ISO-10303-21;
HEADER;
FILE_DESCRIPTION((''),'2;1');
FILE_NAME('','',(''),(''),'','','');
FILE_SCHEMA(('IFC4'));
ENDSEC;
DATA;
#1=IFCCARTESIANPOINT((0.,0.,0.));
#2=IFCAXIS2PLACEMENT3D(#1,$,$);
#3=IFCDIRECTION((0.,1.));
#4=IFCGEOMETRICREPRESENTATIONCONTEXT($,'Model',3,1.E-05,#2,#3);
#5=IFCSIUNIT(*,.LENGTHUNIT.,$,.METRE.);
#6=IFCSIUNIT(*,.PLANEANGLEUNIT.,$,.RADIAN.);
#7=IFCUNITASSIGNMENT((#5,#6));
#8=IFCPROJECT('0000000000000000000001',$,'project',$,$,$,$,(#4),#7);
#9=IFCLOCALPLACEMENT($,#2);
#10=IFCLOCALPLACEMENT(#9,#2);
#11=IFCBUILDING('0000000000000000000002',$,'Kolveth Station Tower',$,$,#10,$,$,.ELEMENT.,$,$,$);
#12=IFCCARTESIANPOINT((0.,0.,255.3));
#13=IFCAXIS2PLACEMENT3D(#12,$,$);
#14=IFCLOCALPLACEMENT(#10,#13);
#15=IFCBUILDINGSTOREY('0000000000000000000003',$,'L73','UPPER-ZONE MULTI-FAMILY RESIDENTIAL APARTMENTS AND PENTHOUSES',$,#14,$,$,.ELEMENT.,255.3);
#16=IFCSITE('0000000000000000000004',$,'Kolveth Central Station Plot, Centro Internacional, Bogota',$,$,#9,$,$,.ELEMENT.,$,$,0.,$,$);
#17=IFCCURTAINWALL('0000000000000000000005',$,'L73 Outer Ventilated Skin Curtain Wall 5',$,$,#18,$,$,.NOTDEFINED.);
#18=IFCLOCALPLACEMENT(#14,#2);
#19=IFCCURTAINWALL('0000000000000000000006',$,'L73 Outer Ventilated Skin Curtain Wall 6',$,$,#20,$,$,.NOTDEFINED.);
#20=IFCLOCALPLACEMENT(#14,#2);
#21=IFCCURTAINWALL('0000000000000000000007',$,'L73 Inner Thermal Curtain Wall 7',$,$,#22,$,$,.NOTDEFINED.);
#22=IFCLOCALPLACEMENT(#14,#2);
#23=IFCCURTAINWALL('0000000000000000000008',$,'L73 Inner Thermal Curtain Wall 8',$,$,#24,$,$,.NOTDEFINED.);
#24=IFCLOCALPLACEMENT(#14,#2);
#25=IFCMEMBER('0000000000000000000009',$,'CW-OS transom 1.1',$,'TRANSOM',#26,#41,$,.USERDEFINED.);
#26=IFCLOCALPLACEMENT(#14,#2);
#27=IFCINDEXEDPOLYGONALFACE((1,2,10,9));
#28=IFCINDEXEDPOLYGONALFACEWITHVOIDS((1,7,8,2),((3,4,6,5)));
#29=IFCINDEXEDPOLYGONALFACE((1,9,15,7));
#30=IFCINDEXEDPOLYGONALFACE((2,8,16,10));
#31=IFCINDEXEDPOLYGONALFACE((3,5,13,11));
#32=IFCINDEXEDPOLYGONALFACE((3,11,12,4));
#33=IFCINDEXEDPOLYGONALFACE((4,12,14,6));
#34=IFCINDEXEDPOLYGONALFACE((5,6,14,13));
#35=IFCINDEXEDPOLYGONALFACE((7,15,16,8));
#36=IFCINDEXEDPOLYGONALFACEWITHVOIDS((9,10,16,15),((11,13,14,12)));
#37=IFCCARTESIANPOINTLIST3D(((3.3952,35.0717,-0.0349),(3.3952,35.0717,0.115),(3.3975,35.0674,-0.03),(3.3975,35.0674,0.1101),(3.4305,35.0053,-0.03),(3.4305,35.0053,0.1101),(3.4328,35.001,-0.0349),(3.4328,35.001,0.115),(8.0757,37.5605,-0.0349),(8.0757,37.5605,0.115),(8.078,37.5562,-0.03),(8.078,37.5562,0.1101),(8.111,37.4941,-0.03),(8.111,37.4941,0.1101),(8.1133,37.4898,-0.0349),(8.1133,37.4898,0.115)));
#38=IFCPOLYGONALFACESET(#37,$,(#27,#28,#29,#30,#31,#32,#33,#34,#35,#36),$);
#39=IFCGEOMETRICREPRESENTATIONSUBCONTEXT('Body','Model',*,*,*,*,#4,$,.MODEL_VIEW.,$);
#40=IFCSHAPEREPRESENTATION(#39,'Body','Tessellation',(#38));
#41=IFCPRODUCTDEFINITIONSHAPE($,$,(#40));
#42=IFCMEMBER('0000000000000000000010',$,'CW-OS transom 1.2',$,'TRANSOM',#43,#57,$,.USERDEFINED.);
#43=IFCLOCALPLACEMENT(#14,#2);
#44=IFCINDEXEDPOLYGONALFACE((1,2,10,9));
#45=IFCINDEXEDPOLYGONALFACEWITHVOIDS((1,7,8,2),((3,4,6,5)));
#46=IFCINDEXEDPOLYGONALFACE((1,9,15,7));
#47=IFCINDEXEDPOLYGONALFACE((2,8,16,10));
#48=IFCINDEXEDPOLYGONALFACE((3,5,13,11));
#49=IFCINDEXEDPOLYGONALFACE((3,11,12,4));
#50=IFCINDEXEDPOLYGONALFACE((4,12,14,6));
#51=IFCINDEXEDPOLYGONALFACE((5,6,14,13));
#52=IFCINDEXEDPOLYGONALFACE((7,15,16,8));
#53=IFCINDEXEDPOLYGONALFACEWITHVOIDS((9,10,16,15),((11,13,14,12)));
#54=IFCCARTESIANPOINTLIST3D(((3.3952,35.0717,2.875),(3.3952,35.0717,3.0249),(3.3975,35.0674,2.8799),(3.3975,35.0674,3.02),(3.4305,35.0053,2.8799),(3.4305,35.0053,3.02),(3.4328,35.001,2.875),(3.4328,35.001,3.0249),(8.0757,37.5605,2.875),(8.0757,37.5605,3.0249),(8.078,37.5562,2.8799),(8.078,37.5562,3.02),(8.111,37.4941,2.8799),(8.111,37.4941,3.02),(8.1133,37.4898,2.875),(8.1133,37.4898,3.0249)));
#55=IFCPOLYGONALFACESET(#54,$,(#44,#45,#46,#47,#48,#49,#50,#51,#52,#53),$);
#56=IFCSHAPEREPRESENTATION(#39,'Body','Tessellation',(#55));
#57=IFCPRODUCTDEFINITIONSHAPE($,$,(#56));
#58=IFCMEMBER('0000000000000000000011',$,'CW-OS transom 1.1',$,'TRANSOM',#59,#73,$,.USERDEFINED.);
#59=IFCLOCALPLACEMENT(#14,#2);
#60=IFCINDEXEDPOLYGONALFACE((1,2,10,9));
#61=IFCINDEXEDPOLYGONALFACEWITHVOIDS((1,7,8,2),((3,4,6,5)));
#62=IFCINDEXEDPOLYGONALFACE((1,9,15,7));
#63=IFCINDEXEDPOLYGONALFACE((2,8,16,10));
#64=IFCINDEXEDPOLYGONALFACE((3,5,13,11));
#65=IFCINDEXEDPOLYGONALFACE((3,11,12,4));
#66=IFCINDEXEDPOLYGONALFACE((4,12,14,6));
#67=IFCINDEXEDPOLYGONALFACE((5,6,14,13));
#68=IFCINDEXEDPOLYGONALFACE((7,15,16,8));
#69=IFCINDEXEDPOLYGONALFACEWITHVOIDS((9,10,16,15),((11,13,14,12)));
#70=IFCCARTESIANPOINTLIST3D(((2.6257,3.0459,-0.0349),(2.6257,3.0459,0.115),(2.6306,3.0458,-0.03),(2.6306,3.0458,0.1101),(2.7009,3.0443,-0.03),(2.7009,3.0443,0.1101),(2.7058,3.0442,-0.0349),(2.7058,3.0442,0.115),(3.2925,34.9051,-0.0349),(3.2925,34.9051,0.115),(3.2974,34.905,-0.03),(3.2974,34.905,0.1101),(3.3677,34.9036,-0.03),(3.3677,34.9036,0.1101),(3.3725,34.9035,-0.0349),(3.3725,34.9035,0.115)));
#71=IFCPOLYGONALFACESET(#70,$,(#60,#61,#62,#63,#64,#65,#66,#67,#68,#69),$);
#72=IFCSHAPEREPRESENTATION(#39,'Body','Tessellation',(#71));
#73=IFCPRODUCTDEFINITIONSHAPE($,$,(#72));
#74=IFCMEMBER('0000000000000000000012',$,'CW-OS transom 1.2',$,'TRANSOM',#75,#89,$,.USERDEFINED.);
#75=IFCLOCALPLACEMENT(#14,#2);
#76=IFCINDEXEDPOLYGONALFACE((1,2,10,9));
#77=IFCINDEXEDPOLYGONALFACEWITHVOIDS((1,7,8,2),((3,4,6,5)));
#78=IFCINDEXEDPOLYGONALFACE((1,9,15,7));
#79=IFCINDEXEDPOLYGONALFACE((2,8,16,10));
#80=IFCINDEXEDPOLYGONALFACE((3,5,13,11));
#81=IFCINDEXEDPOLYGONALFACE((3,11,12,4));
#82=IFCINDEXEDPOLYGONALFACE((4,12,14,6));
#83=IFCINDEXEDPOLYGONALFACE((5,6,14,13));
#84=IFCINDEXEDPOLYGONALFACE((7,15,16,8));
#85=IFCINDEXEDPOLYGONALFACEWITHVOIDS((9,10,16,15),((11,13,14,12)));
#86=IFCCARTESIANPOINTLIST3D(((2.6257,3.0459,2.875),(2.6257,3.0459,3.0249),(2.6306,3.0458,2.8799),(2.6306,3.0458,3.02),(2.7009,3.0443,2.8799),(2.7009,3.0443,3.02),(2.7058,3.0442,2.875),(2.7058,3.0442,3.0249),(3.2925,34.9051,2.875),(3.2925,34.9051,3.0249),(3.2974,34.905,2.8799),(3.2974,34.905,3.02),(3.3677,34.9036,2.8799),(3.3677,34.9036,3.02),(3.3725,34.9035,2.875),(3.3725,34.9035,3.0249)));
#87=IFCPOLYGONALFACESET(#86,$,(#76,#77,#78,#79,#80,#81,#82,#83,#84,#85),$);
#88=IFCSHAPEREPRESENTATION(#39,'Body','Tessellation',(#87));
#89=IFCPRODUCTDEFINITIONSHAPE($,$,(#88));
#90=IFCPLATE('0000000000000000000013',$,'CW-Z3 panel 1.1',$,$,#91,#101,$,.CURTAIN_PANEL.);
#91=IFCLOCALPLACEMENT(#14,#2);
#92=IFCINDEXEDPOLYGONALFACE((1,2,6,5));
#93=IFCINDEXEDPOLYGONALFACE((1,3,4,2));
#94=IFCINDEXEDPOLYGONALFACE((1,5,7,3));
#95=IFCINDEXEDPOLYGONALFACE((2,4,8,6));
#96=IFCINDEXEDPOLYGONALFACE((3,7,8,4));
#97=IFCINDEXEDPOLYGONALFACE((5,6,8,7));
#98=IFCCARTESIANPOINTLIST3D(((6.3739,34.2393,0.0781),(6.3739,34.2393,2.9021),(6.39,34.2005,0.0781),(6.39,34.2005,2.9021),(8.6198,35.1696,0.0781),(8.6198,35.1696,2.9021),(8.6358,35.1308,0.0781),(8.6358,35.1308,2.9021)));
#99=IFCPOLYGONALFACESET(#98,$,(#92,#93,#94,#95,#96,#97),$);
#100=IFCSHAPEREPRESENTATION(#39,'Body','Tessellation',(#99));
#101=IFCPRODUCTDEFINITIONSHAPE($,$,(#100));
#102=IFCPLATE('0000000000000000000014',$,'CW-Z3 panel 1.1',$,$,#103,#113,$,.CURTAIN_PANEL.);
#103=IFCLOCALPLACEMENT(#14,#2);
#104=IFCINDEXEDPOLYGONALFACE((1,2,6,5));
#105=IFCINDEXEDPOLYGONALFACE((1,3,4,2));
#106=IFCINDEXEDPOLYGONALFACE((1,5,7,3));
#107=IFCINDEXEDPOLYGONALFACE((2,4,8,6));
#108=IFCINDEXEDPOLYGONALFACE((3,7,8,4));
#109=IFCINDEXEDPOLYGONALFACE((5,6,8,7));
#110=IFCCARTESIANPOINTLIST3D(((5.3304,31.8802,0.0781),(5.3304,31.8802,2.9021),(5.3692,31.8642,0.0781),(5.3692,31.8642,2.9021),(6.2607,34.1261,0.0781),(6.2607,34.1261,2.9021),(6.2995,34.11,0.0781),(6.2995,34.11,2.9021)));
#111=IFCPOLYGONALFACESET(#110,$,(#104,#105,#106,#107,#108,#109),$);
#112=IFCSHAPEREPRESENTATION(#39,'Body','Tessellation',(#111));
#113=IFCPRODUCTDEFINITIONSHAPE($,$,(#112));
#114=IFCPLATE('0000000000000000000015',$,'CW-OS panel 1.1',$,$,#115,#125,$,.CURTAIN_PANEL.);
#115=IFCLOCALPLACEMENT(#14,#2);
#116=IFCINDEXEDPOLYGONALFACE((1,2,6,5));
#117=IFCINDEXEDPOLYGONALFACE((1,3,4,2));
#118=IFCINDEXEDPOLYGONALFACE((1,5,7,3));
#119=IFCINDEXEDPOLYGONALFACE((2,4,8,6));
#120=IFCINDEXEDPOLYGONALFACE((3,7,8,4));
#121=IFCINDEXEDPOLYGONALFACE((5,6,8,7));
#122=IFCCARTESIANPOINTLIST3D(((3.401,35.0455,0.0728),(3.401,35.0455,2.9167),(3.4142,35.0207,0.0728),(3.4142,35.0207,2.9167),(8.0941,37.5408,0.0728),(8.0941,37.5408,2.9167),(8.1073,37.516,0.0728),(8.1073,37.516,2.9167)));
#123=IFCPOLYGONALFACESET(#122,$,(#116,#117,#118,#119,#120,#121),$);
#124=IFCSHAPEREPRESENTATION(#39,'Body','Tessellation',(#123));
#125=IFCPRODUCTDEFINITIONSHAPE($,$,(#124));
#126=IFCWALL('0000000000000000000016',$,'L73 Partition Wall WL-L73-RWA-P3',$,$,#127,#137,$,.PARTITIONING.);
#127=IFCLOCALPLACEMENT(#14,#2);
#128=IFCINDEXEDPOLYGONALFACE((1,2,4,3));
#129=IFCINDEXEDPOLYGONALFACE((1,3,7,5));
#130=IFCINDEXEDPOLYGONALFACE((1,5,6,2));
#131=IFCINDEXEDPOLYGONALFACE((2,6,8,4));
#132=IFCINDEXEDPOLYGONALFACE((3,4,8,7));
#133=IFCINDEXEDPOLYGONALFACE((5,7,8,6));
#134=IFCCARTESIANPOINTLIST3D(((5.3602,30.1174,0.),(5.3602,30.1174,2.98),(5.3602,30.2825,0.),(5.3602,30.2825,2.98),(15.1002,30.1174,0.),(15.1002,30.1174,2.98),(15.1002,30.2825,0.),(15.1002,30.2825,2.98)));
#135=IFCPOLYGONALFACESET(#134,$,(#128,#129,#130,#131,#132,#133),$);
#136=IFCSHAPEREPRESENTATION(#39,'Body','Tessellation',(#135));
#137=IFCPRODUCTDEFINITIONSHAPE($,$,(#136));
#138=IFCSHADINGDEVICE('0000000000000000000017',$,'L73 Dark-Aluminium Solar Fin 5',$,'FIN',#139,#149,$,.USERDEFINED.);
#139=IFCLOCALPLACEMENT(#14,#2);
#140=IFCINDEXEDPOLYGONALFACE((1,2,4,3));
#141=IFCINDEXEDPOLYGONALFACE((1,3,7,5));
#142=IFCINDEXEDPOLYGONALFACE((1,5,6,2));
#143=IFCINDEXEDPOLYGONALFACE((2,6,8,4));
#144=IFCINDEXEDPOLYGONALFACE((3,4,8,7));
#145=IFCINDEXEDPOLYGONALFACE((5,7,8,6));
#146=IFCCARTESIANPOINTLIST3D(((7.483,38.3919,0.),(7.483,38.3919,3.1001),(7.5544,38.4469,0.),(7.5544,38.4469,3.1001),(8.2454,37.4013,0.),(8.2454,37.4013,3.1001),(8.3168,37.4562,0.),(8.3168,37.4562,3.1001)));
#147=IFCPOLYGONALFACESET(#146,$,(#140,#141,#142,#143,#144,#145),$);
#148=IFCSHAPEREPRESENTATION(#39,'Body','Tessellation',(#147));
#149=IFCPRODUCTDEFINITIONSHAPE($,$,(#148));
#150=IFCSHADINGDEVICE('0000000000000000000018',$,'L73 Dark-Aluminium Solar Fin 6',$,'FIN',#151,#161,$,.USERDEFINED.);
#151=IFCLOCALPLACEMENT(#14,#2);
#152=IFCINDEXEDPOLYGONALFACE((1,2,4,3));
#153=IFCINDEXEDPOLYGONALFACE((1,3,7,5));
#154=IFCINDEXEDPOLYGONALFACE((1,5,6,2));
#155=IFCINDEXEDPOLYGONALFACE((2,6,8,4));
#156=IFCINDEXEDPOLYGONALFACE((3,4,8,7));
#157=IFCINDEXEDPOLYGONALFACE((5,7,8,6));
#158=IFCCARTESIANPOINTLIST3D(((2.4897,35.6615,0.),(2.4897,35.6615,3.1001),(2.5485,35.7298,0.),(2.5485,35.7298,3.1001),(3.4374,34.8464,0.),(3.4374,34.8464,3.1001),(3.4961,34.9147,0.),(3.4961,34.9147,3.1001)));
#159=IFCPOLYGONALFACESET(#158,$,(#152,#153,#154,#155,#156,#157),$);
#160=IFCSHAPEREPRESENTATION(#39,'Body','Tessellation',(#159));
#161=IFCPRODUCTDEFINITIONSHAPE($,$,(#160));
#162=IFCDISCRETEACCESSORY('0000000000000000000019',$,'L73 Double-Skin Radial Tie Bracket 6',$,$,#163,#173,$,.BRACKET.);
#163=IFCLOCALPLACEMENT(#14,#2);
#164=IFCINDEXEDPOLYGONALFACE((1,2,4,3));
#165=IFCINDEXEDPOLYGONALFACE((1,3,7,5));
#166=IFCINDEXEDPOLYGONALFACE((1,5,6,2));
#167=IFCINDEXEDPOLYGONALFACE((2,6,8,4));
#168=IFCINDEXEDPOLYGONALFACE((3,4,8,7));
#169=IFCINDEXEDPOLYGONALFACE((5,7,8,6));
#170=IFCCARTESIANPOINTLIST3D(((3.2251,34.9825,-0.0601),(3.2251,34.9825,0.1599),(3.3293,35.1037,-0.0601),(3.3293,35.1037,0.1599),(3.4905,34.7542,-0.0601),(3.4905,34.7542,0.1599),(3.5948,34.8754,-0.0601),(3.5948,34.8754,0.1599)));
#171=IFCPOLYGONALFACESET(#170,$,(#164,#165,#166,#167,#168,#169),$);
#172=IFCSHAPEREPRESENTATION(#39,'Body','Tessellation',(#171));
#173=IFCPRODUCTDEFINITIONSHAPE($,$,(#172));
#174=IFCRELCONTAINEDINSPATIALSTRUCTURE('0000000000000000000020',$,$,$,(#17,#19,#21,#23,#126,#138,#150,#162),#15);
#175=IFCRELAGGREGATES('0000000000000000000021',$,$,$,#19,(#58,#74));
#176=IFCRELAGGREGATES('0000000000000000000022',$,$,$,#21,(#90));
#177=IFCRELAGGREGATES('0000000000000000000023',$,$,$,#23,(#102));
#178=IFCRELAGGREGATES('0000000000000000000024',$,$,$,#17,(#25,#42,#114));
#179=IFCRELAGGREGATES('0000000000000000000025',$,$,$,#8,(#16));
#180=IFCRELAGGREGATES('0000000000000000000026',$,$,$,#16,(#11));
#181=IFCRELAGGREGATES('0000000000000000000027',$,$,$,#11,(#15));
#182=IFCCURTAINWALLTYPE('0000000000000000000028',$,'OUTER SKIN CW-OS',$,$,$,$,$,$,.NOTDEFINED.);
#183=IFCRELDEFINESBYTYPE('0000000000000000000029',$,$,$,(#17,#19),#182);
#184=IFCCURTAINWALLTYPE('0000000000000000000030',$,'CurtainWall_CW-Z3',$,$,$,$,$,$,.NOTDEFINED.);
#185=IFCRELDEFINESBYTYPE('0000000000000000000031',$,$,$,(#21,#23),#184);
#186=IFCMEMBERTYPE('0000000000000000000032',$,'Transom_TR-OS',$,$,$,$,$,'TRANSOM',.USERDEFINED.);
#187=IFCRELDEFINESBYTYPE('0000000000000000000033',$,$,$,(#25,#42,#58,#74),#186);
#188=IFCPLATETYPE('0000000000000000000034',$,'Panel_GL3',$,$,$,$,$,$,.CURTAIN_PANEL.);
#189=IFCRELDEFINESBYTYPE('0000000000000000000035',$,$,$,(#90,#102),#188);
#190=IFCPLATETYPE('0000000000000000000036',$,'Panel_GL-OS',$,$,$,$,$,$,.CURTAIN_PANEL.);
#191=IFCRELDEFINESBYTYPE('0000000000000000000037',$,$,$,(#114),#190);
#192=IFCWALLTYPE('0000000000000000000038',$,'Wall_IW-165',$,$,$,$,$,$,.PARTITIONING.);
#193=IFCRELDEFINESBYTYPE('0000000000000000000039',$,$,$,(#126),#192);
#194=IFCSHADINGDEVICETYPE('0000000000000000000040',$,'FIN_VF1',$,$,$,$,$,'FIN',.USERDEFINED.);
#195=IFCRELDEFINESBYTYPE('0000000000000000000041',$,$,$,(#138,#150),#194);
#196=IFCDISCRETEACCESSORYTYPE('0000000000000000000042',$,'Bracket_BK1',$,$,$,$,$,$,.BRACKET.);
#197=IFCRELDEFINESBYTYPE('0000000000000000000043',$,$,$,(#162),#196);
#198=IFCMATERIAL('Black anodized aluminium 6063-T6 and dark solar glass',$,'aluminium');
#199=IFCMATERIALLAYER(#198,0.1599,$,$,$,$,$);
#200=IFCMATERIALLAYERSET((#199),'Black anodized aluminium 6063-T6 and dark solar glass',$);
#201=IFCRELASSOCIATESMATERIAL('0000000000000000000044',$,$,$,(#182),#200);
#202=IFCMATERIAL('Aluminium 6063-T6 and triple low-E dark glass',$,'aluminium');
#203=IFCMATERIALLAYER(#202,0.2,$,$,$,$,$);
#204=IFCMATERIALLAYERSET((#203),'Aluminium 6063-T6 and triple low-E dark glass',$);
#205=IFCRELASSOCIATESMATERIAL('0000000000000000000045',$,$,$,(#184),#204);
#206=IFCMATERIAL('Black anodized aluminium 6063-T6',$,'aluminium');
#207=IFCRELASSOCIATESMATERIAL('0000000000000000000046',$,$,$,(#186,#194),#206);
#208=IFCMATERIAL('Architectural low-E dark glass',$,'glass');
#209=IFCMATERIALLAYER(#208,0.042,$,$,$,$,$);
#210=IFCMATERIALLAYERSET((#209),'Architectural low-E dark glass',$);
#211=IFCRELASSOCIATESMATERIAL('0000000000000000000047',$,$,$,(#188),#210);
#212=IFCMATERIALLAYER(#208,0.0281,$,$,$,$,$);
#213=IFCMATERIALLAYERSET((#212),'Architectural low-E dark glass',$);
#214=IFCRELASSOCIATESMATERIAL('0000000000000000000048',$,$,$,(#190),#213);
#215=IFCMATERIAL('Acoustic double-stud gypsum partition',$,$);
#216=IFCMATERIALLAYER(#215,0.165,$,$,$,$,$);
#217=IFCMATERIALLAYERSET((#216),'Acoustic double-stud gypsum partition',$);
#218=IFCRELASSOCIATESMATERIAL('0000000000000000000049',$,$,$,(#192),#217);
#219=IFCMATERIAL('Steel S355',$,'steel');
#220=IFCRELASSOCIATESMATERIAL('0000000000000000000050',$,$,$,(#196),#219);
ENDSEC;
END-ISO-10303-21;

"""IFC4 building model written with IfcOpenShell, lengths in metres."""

from ifc_helpers import new_model, si_unit, direction, frame, frame_2d, origin, origin_2d, place, context, subcontext, project, spatial, rectangle, hollow_rectangle, extrude, source, transform, mapped, material, layer, layer_set, material_profile, profile_set, type_object, element, aggregate, save


model = new_model("IFC4")

# Units and contexts
model_context = context("Model", 3, precision=1e-05, world=origin(), true_north=direction((0.0, 1.0)))
body_context = subcontext(model_context, "Body", "Model", "MODEL_VIEW")
ifc_project = project(units=[si_unit("LENGTHUNIT", "METRE"), si_unit("PLANEANGLEUNIT", "RADIAN")], contexts=[model_context])

# Site, building, storey
site_placement = place(None, origin())
site = spatial("IfcSite", under=ifc_project, at=site_placement, Name="Kolveth Central Station Plot, Centro Internacional, Bogota", CompositionType="ELEMENT", RefElevation=0.0)
building_placement = place(site_placement, origin())
building = spatial("IfcBuilding", under=site, at=building_placement, Name="Kolveth Station Tower", CompositionType="ELEMENT")
storey_placement = place(building_placement, frame((0.0, 0.0, 255.3)))
storey = spatial("IfcBuildingStorey", under=building, at=storey_placement, Name="L73", Description="UPPER-ZONE MULTI-FAMILY RESIDENTIAL APARTMENTS AND PENTHOUSES", CompositionType="ELEMENT", Elevation=255.3)

# Curtain walls
ifc_material_1 = material(Name="Black anodized aluminium 6063-T6 and dark solar glass", Category="aluminium")
ifc_layer_1 = layer(ifc_material_1, 0.1599)
ifc_layer_set_1 = layer_set([ifc_layer_1], Name="Black anodized aluminium 6063-T6 and dark solar glass")
curtain_wall_type_1 = type_object("IfcCurtainWallType", Name="OUTER SKIN CW-OS", PredefinedType="NOTDEFINED", material=ifc_layer_set_1)
curtain_wall_1_placement = place(storey_placement, origin())
curtain_wall_1 = element("IfcCurtainWall", 1, at=curtain_wall_1_placement, inside=storey, type_object=curtain_wall_type_1, Name="L73 Outer Ventilated Skin Curtain Wall 5", PredefinedType="NOTDEFINED")
ifc_material_2 = material(Name="Black anodized aluminium 6063-T6", Category="aluminium")
curtain_wall_2_placement = place(storey_placement, origin())
curtain_wall_2 = element("IfcCurtainWall", 2, at=curtain_wall_2_placement, inside=storey, type_object=curtain_wall_type_1, Name="L73 Outer Ventilated Skin Curtain Wall 6", PredefinedType="NOTDEFINED")
ifc_material_3 = material(Name="Aluminium 6063-T6 and triple low-E dark glass", Category="aluminium")
ifc_layer_2 = layer(ifc_material_3, 0.2)
ifc_layer_set_2 = layer_set([ifc_layer_2], Name="Aluminium 6063-T6 and triple low-E dark glass")
curtain_wall_type_2 = type_object("IfcCurtainWallType", Name="CurtainWall_CW-Z3", PredefinedType="NOTDEFINED", material=ifc_layer_set_2)
curtain_wall_3_placement = place(storey_placement, origin())
curtain_wall_3 = element("IfcCurtainWall", 3, at=curtain_wall_3_placement, inside=storey, type_object=curtain_wall_type_2, Name="L73 Inner Thermal Curtain Wall 7", PredefinedType="NOTDEFINED")

# Curtain wall
curtain_wall_4_placement = place(storey_placement, origin())
curtain_wall_4 = element("IfcCurtainWall", 4, at=curtain_wall_4_placement, inside=storey, type_object=curtain_wall_type_2, Name="L73 Inner Thermal Curtain Wall 8", PredefinedType="NOTDEFINED")

# Members
ifc_material_profile_1 = material_profile(ifc_material_2, hollow_rectangle(XDim=0.0801, YDim=0.1499, WallThickness=0.0049, at=origin_2d()), Name="ALU-80x150x5")
ifc_profile_set_1 = profile_set([ifc_material_profile_1], Name="Black anodized aluminium 6063-T6")
member_type_1 = type_object("IfcMemberType", Name="Transom_TR-OS", ElementType="TRANSOM", PredefinedType="USERDEFINED", material=ifc_profile_set_1)
shared_shape_1 = source(origin(), body_context, "Body", "SweptSolid", [
    extrude(hollow_rectangle(XDim=0.0801, YDim=0.1499, WallThickness=0.0049, at=origin_2d()), origin(), (0.0, 0.0, 1.0), 5.301),
])
member_1_placement = place(storey_placement, frame((8.0945, 37.5251, 0.04), z_axis=(-0.882936, -0.469493, 0.0), x_axis=(0.469493, -0.882936, 0.0)))
member_1 = element("IfcMember", 5, at=member_1_placement, type_object=member_type_1, Name="CW-OS transom 1.1", ObjectType="TRANSOM", PredefinedType="USERDEFINED", context=body_context, shape_type="MappedRepresentation", body=[
    mapped(shared_shape_1, transform((0.0, 0.0, 0.0), x_axis=(1.0, 0.0, 0.0), y_axis=(0.0, 1.0, 0.0), z_axis=(0.0, 0.0, 1.0), scale=1.0)),
])
member_2_placement = place(storey_placement, frame((8.0945, 37.5251, 2.95), z_axis=(-0.882936, -0.469493, 0.0), x_axis=(0.469493, -0.882936, 0.0)))
member_2 = element("IfcMember", 6, at=member_2_placement, type_object=member_type_1, Name="CW-OS transom 1.2", ObjectType="TRANSOM", PredefinedType="USERDEFINED", context=body_context, shape_type="MappedRepresentation", body=[
    mapped(shared_shape_1, transform((0.0, 0.0, 0.0), x_axis=(1.0, 0.0, 0.0), y_axis=(0.0, 1.0, 0.0), z_axis=(0.0, 0.0, 1.0), scale=1.0)),
])
shared_shape_2 = source(origin(), body_context, "Body", "SweptSolid", [
    extrude(hollow_rectangle(XDim=0.0801, YDim=0.1499, WallThickness=0.0049, at=origin_2d()), origin(), (0.0, 0.0, 1.0), 31.8662),
])
member_3_placement = place(storey_placement, frame((3.3325, 34.9043, 0.04), z_axis=(-0.020923, -0.999781, 0.0), x_axis=(0.999781, -0.020923, 0.0)))
member_3 = element("IfcMember", 7, at=member_3_placement, type_object=member_type_1, Name="CW-OS transom 1.1", ObjectType="TRANSOM", PredefinedType="USERDEFINED", context=body_context, shape_type="MappedRepresentation", body=[
    mapped(shared_shape_2, transform((0.0, 0.0, 0.0), x_axis=(1.0, 0.0, 0.0), y_axis=(0.0, 1.0, 0.0), z_axis=(0.0, 0.0, 1.0), scale=1.0)),
])
member_4_placement = place(storey_placement, frame((3.3325, 34.9043, 2.95), z_axis=(-0.020923, -0.999781, 0.0), x_axis=(0.999781, -0.020923, 0.0)))
member_4 = element("IfcMember", 8, at=member_4_placement, type_object=member_type_1, Name="CW-OS transom 1.2", ObjectType="TRANSOM", PredefinedType="USERDEFINED", context=body_context, shape_type="MappedRepresentation", body=[
    mapped(shared_shape_2, transform((0.0, 0.0, 0.0), x_axis=(1.0, 0.0, 0.0), y_axis=(0.0, 1.0, 0.0), z_axis=(0.0, 0.0, 1.0), scale=1.0)),
])
aggregate(curtain_wall_2, [member_3, member_4])

# Plates
ifc_material_4 = material(Name="Architectural low-E dark glass", Category="glass")
ifc_layer_3 = layer(ifc_material_4, 0.042)
ifc_layer_set_3 = layer_set([ifc_layer_3], Name="Architectural low-E dark glass")
plate_type_1 = type_object("IfcPlateType", Name="Panel_GL3", PredefinedType="CURTAIN_PANEL", material=ifc_layer_set_3)
shared_shape_3 = source(origin(), body_context, "Body", "SweptSolid", [
    extrude(rectangle(XDim=2.4309, YDim=0.042, at=origin_2d()), origin(), (0.0, 0.0, 1.0), 2.824),
])
plate_1_placement = place(storey_placement, frame((7.5049, 34.6851, 0.0781), z_axis=(0.0, 0.0, 1.0), x_axis=(-0.923875, -0.382693, 0.0)))
plate_1 = element("IfcPlate", 9, at=plate_1_placement, type_object=plate_type_1, Name="CW-Z3 panel 1.1", PredefinedType="CURTAIN_PANEL", context=body_context, shape_type="MappedRepresentation", body=[
    mapped(shared_shape_3, transform((0.0, 0.0, 0.0), x_axis=(1.0, 0.0, 0.0), y_axis=(0.0, 1.0, 0.0), z_axis=(0.0, 0.0, 1.0), scale=1.0)),
])
aggregate(curtain_wall_3, [plate_1])
plate_2_placement = place(storey_placement, frame((5.8149, 32.9951, 0.0781), z_axis=(0.0, 0.0, 1.0), x_axis=(-0.382693, -0.923875, 0.0)))
plate_2 = element("IfcPlate", 10, at=plate_2_placement, type_object=plate_type_1, Name="CW-Z3 panel 1.1", PredefinedType="CURTAIN_PANEL", context=body_context, shape_type="MappedRepresentation", body=[
    mapped(shared_shape_3, transform((0.0, 0.0, 0.0), x_axis=(1.0, 0.0, 0.0), y_axis=(0.0, 1.0, 0.0), z_axis=(0.0, 0.0, 1.0), scale=1.0)),
])
aggregate(curtain_wall_4, [plate_2])
ifc_layer_4 = layer(ifc_material_4, 0.0281)
ifc_layer_set_4 = layer_set([ifc_layer_4], Name="Architectural low-E dark glass")
plate_type_2 = type_object("IfcPlateType", Name="Panel_GL-OS", PredefinedType="CURTAIN_PANEL", material=ifc_layer_set_4)
shared_shape_4 = source(origin(), body_context, "Body", "SweptSolid", [
    extrude(rectangle(XDim=5.3152, YDim=0.0281, at=origin_2d()), origin(), (0.0, 0.0, 1.0), 2.844),
])
plate_3_placement = place(storey_placement, frame((5.7542, 36.2808, 0.0728), z_axis=(0.0, 0.0, 1.0), x_axis=(-0.882948, -0.46947, 0.0)))
plate_3 = element("IfcPlate", 11, at=plate_3_placement, type_object=plate_type_2, Name="CW-OS panel 1.1", PredefinedType="CURTAIN_PANEL", context=body_context, shape_type="MappedRepresentation", body=[
    mapped(shared_shape_4, transform((0.0, 0.0, 0.0), x_axis=(1.0, 0.0, 0.0), y_axis=(0.0, 1.0, 0.0), z_axis=(0.0, 0.0, 1.0), scale=1.0)),
])
aggregate(curtain_wall_1, [member_1, member_2, plate_3])

# Wall
ifc_material_5 = material(Name="Acoustic double-stud gypsum partition")
ifc_layer_5 = layer(ifc_material_5, 0.165)
ifc_layer_set_5 = layer_set([ifc_layer_5], Name="Acoustic double-stud gypsum partition")
wall_type = type_object("IfcWallType", Name="Wall_IW-165", PredefinedType="PARTITIONING", material=ifc_layer_set_5)
wall_placement = place(storey_placement, frame((5.3601, 30.2, 0.0), z_axis=(0.0, 0.0, 1.0), x_axis=(1.0, 0.0, 0.0)))
element("IfcWall", 12, at=wall_placement, inside=storey, type_object=wall_type, Name="L73 Partition Wall WL-L73-RWA-P3", PredefinedType="PARTITIONING", context=body_context, shape_type="SweptSolid", body=[
    extrude(rectangle(XDim=9.74, YDim=0.165, at=frame_2d((4.8701, 0.0))), origin(), (0.0, 0.0, 1.0), 2.98),
])

# Shading devices
shading_device_type = type_object("IfcShadingDeviceType", Name="FIN_VF1", ElementType="FIN", PredefinedType="USERDEFINED", material=ifc_material_2)
shared_shape_5 = source(origin(), body_context, "Body", "SweptSolid", [
    extrude(rectangle(XDim=1.25, YDim=0.0901, at=origin_2d()), origin(), (0.0, 0.0, 1.0), 3.1001),
])
for number, where, z_axis, x_axis, name in (
    (13, (7.8999, 37.9241, 0.0), (0.0, 0.0, 1.0), (-0.609869, 0.792503, 0.0), "L73 Dark-Aluminium Solar Fin 5"),
    (14, (2.9929, 35.2881, 0.0), (0.0, 0.0, 1.0), (-0.758134, 0.652098, 0.0), "L73 Dark-Aluminium Solar Fin 6"),
):
    element("IfcShadingDevice", number, at=place(storey_placement, frame(where, z_axis=z_axis, x_axis=x_axis)), inside=storey, type_object=shading_device_type, Name=name, ObjectType="FIN", PredefinedType="USERDEFINED", context=body_context, shape_type="MappedRepresentation", body=[
        mapped(shared_shape_5, transform((0.0, 0.0, 0.0), x_axis=(1.0, 0.0, 0.0), y_axis=(0.0, 1.0, 0.0), z_axis=(0.0, 0.0, 1.0), scale=1.0)),
    ])

# Discrete accessory
ifc_material_6 = material(Name="Steel S355", Category="steel")
discrete_accessory_type = type_object("IfcDiscreteAccessoryType", Name="Bracket_BK1", PredefinedType="BRACKET", material=ifc_material_6)
shared_shape_6 = source(origin(), body_context, "Body", "SweptSolid", [
    extrude(rectangle(XDim=0.3501, YDim=0.1599, at=origin_2d()), origin(), (0.0, 0.0, 1.0), 0.22),
])
discrete_accessory_placement = place(storey_placement, frame((3.4099, 34.929, -0.0601), z_axis=(0.0, 0.0, 1.0), x_axis=(-0.758134, 0.652098, 0.0)))
element("IfcDiscreteAccessory", 15, at=discrete_accessory_placement, inside=storey, type_object=discrete_accessory_type, Name="L73 Double-Skin Radial Tie Bracket 6", PredefinedType="BRACKET", context=body_context, shape_type="MappedRepresentation", body=[
    mapped(shared_shape_6, transform((0.0, 0.0, 0.0), x_axis=(1.0, 0.0, 0.0), y_axis=(0.0, 1.0, 0.0), z_axis=(0.0, 0.0, 1.0), scale=1.0)),
])

save(model, "model.ifc")
